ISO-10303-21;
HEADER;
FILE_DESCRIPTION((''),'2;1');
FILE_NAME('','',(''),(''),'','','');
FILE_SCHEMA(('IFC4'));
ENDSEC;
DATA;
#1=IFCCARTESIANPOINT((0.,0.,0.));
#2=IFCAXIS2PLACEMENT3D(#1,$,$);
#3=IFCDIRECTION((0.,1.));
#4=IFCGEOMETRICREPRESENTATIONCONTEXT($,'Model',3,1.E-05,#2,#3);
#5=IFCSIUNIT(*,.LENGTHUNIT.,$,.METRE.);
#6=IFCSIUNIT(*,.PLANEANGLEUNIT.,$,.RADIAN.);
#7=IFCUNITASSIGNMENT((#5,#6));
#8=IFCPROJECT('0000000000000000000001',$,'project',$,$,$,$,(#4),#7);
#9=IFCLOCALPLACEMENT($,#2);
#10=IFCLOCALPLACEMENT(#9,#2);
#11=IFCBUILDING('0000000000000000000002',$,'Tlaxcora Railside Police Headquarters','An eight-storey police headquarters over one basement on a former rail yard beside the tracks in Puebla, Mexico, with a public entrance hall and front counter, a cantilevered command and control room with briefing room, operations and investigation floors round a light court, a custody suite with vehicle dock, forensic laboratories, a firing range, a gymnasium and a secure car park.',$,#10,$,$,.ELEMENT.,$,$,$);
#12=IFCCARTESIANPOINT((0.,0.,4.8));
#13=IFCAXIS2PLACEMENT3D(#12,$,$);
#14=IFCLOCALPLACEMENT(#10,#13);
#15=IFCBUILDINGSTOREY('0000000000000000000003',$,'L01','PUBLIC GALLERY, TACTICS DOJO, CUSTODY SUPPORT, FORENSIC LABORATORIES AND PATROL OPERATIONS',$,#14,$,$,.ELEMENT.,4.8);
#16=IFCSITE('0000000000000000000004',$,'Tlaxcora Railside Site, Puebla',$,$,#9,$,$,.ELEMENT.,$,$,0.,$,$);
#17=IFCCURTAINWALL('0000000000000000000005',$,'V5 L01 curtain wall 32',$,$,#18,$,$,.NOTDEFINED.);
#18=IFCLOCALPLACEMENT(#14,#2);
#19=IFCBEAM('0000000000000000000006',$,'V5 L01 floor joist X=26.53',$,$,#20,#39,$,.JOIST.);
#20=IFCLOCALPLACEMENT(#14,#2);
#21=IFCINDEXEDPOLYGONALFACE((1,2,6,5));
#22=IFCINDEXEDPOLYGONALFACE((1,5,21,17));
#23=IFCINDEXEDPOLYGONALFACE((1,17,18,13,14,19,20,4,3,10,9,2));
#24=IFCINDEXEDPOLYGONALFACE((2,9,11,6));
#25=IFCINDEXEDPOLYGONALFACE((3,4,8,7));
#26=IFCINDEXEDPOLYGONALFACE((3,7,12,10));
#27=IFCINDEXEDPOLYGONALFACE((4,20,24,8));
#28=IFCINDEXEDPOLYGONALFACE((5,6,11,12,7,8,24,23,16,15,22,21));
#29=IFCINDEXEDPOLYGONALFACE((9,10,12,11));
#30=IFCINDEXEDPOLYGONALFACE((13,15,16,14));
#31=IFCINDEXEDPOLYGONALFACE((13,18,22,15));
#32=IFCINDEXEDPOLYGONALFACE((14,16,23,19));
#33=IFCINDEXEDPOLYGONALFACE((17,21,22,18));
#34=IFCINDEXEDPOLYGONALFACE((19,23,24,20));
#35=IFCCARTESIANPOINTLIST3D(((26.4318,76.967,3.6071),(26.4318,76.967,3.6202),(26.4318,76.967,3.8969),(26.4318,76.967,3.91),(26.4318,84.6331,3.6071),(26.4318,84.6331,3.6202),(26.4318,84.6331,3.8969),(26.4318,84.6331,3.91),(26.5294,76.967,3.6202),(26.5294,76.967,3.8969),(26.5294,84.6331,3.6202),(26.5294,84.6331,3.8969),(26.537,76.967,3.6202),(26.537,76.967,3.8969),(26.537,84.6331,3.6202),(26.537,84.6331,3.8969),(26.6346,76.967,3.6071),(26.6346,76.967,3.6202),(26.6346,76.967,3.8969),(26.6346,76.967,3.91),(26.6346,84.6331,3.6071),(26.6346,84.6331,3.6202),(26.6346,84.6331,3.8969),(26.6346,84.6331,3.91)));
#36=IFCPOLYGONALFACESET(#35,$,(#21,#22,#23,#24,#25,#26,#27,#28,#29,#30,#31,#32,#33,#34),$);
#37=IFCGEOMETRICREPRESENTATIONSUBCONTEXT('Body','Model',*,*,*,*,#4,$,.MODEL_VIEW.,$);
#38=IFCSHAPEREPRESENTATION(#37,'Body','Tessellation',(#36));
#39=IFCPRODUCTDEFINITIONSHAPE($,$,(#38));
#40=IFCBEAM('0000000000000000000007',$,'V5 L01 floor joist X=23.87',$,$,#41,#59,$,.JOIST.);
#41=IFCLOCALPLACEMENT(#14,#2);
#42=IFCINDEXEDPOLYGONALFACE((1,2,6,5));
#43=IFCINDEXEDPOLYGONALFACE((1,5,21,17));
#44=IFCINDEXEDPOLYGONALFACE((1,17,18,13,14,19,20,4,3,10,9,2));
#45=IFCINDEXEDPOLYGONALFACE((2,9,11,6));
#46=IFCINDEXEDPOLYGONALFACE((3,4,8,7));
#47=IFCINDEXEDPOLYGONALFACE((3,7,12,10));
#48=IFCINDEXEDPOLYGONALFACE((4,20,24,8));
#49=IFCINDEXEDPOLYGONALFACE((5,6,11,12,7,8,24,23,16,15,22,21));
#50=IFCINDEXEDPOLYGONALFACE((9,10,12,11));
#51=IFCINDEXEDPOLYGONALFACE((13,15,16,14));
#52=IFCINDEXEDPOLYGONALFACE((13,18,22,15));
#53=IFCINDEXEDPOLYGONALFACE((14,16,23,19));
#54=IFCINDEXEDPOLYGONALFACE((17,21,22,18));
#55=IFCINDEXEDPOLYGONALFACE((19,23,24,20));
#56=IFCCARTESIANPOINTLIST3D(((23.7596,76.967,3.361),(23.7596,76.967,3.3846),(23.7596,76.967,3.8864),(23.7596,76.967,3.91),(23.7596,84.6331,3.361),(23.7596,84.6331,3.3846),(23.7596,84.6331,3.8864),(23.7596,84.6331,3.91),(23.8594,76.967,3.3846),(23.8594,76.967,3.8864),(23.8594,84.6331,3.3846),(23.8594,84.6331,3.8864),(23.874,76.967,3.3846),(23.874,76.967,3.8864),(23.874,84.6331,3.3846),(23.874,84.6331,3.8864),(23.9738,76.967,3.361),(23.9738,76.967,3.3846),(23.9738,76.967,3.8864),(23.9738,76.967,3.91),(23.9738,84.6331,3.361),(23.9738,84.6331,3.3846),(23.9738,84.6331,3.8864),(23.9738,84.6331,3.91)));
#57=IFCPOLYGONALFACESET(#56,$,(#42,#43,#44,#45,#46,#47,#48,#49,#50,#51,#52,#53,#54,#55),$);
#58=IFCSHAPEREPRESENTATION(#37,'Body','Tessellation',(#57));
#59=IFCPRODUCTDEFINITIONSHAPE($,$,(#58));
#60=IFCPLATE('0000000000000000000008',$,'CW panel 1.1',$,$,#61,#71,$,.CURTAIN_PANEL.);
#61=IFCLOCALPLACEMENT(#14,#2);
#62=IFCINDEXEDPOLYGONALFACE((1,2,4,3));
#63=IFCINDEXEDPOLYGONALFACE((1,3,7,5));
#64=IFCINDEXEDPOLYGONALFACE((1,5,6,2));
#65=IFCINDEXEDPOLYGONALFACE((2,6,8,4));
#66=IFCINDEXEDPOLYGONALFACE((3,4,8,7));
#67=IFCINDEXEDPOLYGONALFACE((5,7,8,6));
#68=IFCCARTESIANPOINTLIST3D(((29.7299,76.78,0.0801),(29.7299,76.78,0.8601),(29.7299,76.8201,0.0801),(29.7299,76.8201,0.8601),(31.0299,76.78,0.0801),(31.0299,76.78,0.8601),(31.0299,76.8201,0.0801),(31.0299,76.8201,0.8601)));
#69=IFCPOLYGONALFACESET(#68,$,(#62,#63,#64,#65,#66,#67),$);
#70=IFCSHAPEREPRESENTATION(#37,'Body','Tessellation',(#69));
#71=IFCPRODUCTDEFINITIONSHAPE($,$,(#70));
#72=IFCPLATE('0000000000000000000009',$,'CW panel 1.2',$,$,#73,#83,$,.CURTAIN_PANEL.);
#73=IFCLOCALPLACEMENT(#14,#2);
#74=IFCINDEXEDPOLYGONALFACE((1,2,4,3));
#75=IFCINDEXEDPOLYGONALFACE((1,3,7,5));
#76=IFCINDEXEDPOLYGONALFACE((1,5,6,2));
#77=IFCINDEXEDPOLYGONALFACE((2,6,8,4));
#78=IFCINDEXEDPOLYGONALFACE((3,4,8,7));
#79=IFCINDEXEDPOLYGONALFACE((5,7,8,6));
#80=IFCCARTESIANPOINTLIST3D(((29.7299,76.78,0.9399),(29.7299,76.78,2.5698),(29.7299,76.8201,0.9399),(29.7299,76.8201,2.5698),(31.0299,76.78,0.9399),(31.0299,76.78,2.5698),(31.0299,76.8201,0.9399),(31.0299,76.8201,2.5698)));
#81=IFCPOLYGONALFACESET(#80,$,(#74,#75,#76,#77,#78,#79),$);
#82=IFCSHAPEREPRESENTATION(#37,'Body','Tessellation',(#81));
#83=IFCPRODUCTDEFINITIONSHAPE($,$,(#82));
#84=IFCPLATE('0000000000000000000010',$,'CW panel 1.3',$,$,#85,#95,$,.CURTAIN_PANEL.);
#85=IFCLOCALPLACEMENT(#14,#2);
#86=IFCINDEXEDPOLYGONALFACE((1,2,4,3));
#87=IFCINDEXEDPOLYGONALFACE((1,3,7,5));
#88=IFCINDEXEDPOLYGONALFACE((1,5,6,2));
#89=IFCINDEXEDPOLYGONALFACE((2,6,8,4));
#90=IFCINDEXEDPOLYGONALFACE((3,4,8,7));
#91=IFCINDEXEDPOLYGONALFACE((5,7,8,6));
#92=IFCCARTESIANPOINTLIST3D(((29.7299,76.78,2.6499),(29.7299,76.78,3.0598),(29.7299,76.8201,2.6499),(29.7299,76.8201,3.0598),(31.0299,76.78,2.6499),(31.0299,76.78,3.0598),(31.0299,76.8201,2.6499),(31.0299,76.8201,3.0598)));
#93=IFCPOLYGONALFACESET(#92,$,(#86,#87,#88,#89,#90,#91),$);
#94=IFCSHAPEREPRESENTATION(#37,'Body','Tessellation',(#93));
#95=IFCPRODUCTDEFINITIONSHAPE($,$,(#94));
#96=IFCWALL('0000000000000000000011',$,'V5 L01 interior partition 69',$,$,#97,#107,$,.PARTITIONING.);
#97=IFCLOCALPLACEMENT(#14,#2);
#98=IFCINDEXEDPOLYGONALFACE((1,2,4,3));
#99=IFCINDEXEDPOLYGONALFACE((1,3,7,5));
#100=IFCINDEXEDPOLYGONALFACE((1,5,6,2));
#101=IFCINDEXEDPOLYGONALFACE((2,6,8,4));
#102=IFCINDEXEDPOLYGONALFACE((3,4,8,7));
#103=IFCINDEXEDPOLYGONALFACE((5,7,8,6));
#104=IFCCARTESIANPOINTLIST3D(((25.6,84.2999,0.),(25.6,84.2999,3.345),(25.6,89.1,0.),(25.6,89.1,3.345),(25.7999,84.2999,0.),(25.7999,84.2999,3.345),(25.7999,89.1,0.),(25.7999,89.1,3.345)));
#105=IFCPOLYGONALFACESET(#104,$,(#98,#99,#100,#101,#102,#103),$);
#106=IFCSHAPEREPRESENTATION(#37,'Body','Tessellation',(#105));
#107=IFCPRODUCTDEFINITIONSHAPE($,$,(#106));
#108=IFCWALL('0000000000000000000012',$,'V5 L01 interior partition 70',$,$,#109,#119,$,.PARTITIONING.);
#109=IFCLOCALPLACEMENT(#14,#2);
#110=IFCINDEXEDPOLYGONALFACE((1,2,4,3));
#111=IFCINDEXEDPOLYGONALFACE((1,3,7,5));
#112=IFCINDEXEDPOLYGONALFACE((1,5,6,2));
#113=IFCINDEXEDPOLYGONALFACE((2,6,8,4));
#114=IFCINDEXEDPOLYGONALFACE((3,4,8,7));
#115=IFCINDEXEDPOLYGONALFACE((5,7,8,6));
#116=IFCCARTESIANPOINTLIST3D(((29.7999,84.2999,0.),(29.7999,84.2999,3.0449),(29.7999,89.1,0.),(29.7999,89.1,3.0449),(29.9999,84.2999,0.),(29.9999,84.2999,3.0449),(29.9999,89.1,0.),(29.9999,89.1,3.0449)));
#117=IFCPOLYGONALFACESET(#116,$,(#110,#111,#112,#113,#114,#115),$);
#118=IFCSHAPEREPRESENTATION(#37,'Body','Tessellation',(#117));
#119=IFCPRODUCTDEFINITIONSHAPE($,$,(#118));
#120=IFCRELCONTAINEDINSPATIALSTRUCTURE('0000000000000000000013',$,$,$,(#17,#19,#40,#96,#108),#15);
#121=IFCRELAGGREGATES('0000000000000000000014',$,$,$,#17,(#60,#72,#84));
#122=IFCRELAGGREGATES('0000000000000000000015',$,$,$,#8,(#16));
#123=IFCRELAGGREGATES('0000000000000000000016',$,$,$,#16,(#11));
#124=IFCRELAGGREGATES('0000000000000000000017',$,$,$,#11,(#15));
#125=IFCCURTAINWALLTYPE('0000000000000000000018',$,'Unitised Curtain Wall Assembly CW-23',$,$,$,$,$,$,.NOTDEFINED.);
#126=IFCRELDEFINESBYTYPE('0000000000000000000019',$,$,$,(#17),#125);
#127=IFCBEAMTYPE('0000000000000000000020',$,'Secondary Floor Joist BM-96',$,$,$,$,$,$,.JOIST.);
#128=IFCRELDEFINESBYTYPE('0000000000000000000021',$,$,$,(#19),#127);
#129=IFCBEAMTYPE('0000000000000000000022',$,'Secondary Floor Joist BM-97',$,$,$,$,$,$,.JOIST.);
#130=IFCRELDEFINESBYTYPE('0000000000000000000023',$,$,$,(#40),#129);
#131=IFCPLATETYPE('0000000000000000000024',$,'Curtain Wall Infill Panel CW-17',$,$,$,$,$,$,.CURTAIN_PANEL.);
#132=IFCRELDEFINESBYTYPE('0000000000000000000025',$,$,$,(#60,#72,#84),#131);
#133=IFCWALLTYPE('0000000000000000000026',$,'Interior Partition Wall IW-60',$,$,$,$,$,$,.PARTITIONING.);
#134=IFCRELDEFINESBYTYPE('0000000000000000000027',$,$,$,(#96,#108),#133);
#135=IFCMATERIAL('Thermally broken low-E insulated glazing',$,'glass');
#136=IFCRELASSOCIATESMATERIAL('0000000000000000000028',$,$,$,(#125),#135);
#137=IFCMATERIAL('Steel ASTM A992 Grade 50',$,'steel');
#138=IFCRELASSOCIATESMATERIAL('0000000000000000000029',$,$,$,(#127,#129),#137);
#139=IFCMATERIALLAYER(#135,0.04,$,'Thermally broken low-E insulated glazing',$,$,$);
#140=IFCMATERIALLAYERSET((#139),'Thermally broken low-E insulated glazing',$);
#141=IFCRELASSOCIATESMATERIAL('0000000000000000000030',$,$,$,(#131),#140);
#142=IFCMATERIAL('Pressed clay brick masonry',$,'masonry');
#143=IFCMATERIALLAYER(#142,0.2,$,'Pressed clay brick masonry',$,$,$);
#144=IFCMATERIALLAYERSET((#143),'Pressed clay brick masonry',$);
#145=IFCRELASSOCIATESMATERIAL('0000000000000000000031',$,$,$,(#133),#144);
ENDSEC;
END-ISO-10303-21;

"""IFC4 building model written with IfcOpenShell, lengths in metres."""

from ifc_helpers import new_model, si_unit, direction, frame, frame_2d, origin, origin_2d, place, context, subcontext, project, spatial, rectangle, i_section, extrude, material, layer, layer_set, material_profile, profile_set, type_object, element, aggregate, save


model = new_model("IFC4")

# Units and contexts
model_context = context("Model", 3, precision=1e-05, world=origin(), true_north=direction((0.0, 1.0)))
body_context = subcontext(model_context, "Body", "Model", "MODEL_VIEW")
ifc_project = project(units=[si_unit("LENGTHUNIT", "METRE"), si_unit("PLANEANGLEUNIT", "RADIAN")], contexts=[model_context])

# Site, building, storey
site_placement = place(None, origin())
site = spatial("IfcSite", under=ifc_project, at=site_placement, Name="Tlaxcora Railside Site, Puebla", CompositionType="ELEMENT", RefElevation=0.0)
building_placement = place(site_placement, origin())
building = spatial("IfcBuilding", under=site, at=building_placement, Name="Tlaxcora Railside Police Headquarters", Description="An eight-storey police headquarters over one basement on a former rail yard beside the tracks in Puebla, Mexico, with a public entrance hall and front counter, a cantilevered command and control room with briefing room, operations and investigation floors round a light court, a custody suite with vehicle dock, forensic laboratories, a firing range, a gymnasium and a secure car park.", CompositionType="ELEMENT")
storey_placement = place(building_placement, frame((0.0, 0.0, 4.8)))
storey = spatial("IfcBuildingStorey", under=building, at=storey_placement, Name="L01", Description="PUBLIC GALLERY, TACTICS DOJO, CUSTODY SUPPORT, FORENSIC LABORATORIES AND PATROL OPERATIONS", CompositionType="ELEMENT", Elevation=4.8)

# Curtain wall
ifc_material_1 = material(Name="Thermally broken low-E insulated glazing", Category="glass")
curtain_wall_type = type_object("IfcCurtainWallType", Name="Unitised Curtain Wall Assembly CW-23", PredefinedType="NOTDEFINED", material=ifc_material_1)
curtain_wall_placement = place(storey_placement, origin())
curtain_wall = element("IfcCurtainWall", 1, at=curtain_wall_placement, inside=storey, type_object=curtain_wall_type, Name="V5 L01 curtain wall 32", PredefinedType="NOTDEFINED")

# Beams
ifc_material_2 = material(Name="Steel ASTM A992 Grade 50", Category="steel")
ifc_material_profile_1 = material_profile(ifc_material_2, i_section(OverallWidth=0.2029, OverallDepth=0.303, WebThickness=0.0076, FlangeThickness=0.0132, at=origin_2d()), Name="W12X40")
ifc_profile_set_1 = profile_set([ifc_material_profile_1], Name="Steel ASTM A992 Grade 50")
beam_type_1 = type_object("IfcBeamType", Name="Secondary Floor Joist BM-96", PredefinedType="JOIST", material=ifc_profile_set_1)
beam_1_placement = place(storey_placement, frame((26.5332, 76.967, 3.7585), z_axis=(0.0, 1.0, 0.0), x_axis=(-1.0, 0.0, 0.0)))
element("IfcBeam", 2, at=beam_1_placement, inside=storey, type_object=beam_type_1, Name="V5 L01 floor joist X=26.53", PredefinedType="JOIST", context=body_context, shape_type="SweptSolid", body=[
    extrude(i_section(OverallWidth=0.2029, OverallDepth=0.303, WebThickness=0.0076, FlangeThickness=0.0132, at=origin_2d()), origin(), (0.0, 0.0, 1.0), 7.666),
])
ifc_material_profile_2 = material_profile(ifc_material_2, i_section(OverallWidth=0.2141, OverallDepth=0.5491, WebThickness=0.0146, FlangeThickness=0.0237, at=origin_2d()), Name="W21X93")
ifc_profile_set_2 = profile_set([ifc_material_profile_2], Name="Steel ASTM A992 Grade 50")
beam_type_2 = type_object("IfcBeamType", Name="Secondary Floor Joist BM-97", PredefinedType="JOIST", material=ifc_profile_set_2)
beam_2_placement = place(storey_placement, frame((23.8667, 76.967, 3.6355), z_axis=(0.0, 1.0, 0.0), x_axis=(-1.0, 0.0, 0.0)))
element("IfcBeam", 3, at=beam_2_placement, inside=storey, type_object=beam_type_2, Name="V5 L01 floor joist X=23.87", PredefinedType="JOIST", context=body_context, shape_type="SweptSolid", body=[
    extrude(i_section(OverallWidth=0.2141, OverallDepth=0.5491, WebThickness=0.0146, FlangeThickness=0.0237, at=origin_2d()), origin(), (0.0, 0.0, 1.0), 7.666),
])

# Plates
ifc_layer_1 = layer(ifc_material_1, 0.04, Name="Thermally broken low-E insulated glazing")
ifc_layer_set_1 = layer_set([ifc_layer_1], Name="Thermally broken low-E insulated glazing")
plate_type = type_object("IfcPlateType", Name="Curtain Wall Infill Panel CW-17", PredefinedType="CURTAIN_PANEL", material=ifc_layer_set_1)
plate_1_placement = place(storey_placement, frame((30.3799, 76.8, 0.0801), z_axis=(0.0, 0.0, 1.0), x_axis=(1.0, 0.0, 0.0)))
plate_1 = element("IfcPlate", 4, at=plate_1_placement, type_object=plate_type, Name="CW panel 1.1", PredefinedType="CURTAIN_PANEL", context=body_context, shape_type="SweptSolid", body=[
    extrude(rectangle(XDim=1.3, YDim=0.04, at=origin_2d()), origin(), (0.0, 0.0, 1.0), 0.78),
])
plate_2_placement = place(storey_placement, frame((30.3799, 76.8, 0.9399), z_axis=(0.0, 0.0, 1.0), x_axis=(1.0, 0.0, 0.0)))
plate_2 = element("IfcPlate", 5, at=plate_2_placement, type_object=plate_type, Name="CW panel 1.2", PredefinedType="CURTAIN_PANEL", context=body_context, shape_type="SweptSolid", body=[
    extrude(rectangle(XDim=1.3, YDim=0.04, at=origin_2d()), origin(), (0.0, 0.0, 1.0), 1.6299),
])
plate_3_placement = place(storey_placement, frame((30.3799, 76.8, 2.6499), z_axis=(0.0, 0.0, 1.0), x_axis=(1.0, 0.0, 0.0)))
plate_3 = element("IfcPlate", 6, at=plate_3_placement, type_object=plate_type, Name="CW panel 1.3", PredefinedType="CURTAIN_PANEL", context=body_context, shape_type="SweptSolid", body=[
    extrude(rectangle(XDim=1.3, YDim=0.04, at=origin_2d()), origin(), (0.0, 0.0, 1.0), 0.4099),
])
aggregate(curtain_wall, [plate_1, plate_2, plate_3])

# Shared definitions
ifc_material_3 = material(Name="Pressed clay brick masonry", Category="masonry")
ifc_layer_2 = layer(ifc_material_3, 0.2, Name="Pressed clay brick masonry")
ifc_layer_set_2 = layer_set([ifc_layer_2], Name="Pressed clay brick masonry")
wall_type_1 = type_object("IfcWallType", Name="Interior Partition Wall IW-60", PredefinedType="PARTITIONING", material=ifc_layer_set_2)

# Walls
wall_1_placement = place(storey_placement, frame((25.7, 84.3, 0.0), z_axis=(0.0, 0.0, 1.0), x_axis=(0.0, 1.0, 0.0)))
element("IfcWall", 7, at=wall_1_placement, inside=storey, type_object=wall_type_1, Name="V5 L01 interior partition 69", PredefinedType="PARTITIONING", context=body_context, shape_type="SweptSolid", body=[
    extrude(rectangle(XDim=4.8, YDim=0.2, at=frame_2d((2.3999, 0.0))), origin(), (0.0, 0.0, 1.0), 3.345),
])
wall_2_placement = place(storey_placement, frame((29.8999, 84.3, 0.0), z_axis=(0.0, 0.0, 1.0), x_axis=(0.0, 1.0, 0.0)))
element("IfcWall", 8, at=wall_2_placement, inside=storey, type_object=wall_type_1, Name="V5 L01 interior partition 70", PredefinedType="PARTITIONING", context=body_context, shape_type="SweptSolid", body=[
    extrude(rectangle(XDim=4.8, YDim=0.2, at=frame_2d((2.3999, 0.0))), origin(), (0.0, 0.0, 1.0), 3.0449),
])

save(model, "model.ifc")
